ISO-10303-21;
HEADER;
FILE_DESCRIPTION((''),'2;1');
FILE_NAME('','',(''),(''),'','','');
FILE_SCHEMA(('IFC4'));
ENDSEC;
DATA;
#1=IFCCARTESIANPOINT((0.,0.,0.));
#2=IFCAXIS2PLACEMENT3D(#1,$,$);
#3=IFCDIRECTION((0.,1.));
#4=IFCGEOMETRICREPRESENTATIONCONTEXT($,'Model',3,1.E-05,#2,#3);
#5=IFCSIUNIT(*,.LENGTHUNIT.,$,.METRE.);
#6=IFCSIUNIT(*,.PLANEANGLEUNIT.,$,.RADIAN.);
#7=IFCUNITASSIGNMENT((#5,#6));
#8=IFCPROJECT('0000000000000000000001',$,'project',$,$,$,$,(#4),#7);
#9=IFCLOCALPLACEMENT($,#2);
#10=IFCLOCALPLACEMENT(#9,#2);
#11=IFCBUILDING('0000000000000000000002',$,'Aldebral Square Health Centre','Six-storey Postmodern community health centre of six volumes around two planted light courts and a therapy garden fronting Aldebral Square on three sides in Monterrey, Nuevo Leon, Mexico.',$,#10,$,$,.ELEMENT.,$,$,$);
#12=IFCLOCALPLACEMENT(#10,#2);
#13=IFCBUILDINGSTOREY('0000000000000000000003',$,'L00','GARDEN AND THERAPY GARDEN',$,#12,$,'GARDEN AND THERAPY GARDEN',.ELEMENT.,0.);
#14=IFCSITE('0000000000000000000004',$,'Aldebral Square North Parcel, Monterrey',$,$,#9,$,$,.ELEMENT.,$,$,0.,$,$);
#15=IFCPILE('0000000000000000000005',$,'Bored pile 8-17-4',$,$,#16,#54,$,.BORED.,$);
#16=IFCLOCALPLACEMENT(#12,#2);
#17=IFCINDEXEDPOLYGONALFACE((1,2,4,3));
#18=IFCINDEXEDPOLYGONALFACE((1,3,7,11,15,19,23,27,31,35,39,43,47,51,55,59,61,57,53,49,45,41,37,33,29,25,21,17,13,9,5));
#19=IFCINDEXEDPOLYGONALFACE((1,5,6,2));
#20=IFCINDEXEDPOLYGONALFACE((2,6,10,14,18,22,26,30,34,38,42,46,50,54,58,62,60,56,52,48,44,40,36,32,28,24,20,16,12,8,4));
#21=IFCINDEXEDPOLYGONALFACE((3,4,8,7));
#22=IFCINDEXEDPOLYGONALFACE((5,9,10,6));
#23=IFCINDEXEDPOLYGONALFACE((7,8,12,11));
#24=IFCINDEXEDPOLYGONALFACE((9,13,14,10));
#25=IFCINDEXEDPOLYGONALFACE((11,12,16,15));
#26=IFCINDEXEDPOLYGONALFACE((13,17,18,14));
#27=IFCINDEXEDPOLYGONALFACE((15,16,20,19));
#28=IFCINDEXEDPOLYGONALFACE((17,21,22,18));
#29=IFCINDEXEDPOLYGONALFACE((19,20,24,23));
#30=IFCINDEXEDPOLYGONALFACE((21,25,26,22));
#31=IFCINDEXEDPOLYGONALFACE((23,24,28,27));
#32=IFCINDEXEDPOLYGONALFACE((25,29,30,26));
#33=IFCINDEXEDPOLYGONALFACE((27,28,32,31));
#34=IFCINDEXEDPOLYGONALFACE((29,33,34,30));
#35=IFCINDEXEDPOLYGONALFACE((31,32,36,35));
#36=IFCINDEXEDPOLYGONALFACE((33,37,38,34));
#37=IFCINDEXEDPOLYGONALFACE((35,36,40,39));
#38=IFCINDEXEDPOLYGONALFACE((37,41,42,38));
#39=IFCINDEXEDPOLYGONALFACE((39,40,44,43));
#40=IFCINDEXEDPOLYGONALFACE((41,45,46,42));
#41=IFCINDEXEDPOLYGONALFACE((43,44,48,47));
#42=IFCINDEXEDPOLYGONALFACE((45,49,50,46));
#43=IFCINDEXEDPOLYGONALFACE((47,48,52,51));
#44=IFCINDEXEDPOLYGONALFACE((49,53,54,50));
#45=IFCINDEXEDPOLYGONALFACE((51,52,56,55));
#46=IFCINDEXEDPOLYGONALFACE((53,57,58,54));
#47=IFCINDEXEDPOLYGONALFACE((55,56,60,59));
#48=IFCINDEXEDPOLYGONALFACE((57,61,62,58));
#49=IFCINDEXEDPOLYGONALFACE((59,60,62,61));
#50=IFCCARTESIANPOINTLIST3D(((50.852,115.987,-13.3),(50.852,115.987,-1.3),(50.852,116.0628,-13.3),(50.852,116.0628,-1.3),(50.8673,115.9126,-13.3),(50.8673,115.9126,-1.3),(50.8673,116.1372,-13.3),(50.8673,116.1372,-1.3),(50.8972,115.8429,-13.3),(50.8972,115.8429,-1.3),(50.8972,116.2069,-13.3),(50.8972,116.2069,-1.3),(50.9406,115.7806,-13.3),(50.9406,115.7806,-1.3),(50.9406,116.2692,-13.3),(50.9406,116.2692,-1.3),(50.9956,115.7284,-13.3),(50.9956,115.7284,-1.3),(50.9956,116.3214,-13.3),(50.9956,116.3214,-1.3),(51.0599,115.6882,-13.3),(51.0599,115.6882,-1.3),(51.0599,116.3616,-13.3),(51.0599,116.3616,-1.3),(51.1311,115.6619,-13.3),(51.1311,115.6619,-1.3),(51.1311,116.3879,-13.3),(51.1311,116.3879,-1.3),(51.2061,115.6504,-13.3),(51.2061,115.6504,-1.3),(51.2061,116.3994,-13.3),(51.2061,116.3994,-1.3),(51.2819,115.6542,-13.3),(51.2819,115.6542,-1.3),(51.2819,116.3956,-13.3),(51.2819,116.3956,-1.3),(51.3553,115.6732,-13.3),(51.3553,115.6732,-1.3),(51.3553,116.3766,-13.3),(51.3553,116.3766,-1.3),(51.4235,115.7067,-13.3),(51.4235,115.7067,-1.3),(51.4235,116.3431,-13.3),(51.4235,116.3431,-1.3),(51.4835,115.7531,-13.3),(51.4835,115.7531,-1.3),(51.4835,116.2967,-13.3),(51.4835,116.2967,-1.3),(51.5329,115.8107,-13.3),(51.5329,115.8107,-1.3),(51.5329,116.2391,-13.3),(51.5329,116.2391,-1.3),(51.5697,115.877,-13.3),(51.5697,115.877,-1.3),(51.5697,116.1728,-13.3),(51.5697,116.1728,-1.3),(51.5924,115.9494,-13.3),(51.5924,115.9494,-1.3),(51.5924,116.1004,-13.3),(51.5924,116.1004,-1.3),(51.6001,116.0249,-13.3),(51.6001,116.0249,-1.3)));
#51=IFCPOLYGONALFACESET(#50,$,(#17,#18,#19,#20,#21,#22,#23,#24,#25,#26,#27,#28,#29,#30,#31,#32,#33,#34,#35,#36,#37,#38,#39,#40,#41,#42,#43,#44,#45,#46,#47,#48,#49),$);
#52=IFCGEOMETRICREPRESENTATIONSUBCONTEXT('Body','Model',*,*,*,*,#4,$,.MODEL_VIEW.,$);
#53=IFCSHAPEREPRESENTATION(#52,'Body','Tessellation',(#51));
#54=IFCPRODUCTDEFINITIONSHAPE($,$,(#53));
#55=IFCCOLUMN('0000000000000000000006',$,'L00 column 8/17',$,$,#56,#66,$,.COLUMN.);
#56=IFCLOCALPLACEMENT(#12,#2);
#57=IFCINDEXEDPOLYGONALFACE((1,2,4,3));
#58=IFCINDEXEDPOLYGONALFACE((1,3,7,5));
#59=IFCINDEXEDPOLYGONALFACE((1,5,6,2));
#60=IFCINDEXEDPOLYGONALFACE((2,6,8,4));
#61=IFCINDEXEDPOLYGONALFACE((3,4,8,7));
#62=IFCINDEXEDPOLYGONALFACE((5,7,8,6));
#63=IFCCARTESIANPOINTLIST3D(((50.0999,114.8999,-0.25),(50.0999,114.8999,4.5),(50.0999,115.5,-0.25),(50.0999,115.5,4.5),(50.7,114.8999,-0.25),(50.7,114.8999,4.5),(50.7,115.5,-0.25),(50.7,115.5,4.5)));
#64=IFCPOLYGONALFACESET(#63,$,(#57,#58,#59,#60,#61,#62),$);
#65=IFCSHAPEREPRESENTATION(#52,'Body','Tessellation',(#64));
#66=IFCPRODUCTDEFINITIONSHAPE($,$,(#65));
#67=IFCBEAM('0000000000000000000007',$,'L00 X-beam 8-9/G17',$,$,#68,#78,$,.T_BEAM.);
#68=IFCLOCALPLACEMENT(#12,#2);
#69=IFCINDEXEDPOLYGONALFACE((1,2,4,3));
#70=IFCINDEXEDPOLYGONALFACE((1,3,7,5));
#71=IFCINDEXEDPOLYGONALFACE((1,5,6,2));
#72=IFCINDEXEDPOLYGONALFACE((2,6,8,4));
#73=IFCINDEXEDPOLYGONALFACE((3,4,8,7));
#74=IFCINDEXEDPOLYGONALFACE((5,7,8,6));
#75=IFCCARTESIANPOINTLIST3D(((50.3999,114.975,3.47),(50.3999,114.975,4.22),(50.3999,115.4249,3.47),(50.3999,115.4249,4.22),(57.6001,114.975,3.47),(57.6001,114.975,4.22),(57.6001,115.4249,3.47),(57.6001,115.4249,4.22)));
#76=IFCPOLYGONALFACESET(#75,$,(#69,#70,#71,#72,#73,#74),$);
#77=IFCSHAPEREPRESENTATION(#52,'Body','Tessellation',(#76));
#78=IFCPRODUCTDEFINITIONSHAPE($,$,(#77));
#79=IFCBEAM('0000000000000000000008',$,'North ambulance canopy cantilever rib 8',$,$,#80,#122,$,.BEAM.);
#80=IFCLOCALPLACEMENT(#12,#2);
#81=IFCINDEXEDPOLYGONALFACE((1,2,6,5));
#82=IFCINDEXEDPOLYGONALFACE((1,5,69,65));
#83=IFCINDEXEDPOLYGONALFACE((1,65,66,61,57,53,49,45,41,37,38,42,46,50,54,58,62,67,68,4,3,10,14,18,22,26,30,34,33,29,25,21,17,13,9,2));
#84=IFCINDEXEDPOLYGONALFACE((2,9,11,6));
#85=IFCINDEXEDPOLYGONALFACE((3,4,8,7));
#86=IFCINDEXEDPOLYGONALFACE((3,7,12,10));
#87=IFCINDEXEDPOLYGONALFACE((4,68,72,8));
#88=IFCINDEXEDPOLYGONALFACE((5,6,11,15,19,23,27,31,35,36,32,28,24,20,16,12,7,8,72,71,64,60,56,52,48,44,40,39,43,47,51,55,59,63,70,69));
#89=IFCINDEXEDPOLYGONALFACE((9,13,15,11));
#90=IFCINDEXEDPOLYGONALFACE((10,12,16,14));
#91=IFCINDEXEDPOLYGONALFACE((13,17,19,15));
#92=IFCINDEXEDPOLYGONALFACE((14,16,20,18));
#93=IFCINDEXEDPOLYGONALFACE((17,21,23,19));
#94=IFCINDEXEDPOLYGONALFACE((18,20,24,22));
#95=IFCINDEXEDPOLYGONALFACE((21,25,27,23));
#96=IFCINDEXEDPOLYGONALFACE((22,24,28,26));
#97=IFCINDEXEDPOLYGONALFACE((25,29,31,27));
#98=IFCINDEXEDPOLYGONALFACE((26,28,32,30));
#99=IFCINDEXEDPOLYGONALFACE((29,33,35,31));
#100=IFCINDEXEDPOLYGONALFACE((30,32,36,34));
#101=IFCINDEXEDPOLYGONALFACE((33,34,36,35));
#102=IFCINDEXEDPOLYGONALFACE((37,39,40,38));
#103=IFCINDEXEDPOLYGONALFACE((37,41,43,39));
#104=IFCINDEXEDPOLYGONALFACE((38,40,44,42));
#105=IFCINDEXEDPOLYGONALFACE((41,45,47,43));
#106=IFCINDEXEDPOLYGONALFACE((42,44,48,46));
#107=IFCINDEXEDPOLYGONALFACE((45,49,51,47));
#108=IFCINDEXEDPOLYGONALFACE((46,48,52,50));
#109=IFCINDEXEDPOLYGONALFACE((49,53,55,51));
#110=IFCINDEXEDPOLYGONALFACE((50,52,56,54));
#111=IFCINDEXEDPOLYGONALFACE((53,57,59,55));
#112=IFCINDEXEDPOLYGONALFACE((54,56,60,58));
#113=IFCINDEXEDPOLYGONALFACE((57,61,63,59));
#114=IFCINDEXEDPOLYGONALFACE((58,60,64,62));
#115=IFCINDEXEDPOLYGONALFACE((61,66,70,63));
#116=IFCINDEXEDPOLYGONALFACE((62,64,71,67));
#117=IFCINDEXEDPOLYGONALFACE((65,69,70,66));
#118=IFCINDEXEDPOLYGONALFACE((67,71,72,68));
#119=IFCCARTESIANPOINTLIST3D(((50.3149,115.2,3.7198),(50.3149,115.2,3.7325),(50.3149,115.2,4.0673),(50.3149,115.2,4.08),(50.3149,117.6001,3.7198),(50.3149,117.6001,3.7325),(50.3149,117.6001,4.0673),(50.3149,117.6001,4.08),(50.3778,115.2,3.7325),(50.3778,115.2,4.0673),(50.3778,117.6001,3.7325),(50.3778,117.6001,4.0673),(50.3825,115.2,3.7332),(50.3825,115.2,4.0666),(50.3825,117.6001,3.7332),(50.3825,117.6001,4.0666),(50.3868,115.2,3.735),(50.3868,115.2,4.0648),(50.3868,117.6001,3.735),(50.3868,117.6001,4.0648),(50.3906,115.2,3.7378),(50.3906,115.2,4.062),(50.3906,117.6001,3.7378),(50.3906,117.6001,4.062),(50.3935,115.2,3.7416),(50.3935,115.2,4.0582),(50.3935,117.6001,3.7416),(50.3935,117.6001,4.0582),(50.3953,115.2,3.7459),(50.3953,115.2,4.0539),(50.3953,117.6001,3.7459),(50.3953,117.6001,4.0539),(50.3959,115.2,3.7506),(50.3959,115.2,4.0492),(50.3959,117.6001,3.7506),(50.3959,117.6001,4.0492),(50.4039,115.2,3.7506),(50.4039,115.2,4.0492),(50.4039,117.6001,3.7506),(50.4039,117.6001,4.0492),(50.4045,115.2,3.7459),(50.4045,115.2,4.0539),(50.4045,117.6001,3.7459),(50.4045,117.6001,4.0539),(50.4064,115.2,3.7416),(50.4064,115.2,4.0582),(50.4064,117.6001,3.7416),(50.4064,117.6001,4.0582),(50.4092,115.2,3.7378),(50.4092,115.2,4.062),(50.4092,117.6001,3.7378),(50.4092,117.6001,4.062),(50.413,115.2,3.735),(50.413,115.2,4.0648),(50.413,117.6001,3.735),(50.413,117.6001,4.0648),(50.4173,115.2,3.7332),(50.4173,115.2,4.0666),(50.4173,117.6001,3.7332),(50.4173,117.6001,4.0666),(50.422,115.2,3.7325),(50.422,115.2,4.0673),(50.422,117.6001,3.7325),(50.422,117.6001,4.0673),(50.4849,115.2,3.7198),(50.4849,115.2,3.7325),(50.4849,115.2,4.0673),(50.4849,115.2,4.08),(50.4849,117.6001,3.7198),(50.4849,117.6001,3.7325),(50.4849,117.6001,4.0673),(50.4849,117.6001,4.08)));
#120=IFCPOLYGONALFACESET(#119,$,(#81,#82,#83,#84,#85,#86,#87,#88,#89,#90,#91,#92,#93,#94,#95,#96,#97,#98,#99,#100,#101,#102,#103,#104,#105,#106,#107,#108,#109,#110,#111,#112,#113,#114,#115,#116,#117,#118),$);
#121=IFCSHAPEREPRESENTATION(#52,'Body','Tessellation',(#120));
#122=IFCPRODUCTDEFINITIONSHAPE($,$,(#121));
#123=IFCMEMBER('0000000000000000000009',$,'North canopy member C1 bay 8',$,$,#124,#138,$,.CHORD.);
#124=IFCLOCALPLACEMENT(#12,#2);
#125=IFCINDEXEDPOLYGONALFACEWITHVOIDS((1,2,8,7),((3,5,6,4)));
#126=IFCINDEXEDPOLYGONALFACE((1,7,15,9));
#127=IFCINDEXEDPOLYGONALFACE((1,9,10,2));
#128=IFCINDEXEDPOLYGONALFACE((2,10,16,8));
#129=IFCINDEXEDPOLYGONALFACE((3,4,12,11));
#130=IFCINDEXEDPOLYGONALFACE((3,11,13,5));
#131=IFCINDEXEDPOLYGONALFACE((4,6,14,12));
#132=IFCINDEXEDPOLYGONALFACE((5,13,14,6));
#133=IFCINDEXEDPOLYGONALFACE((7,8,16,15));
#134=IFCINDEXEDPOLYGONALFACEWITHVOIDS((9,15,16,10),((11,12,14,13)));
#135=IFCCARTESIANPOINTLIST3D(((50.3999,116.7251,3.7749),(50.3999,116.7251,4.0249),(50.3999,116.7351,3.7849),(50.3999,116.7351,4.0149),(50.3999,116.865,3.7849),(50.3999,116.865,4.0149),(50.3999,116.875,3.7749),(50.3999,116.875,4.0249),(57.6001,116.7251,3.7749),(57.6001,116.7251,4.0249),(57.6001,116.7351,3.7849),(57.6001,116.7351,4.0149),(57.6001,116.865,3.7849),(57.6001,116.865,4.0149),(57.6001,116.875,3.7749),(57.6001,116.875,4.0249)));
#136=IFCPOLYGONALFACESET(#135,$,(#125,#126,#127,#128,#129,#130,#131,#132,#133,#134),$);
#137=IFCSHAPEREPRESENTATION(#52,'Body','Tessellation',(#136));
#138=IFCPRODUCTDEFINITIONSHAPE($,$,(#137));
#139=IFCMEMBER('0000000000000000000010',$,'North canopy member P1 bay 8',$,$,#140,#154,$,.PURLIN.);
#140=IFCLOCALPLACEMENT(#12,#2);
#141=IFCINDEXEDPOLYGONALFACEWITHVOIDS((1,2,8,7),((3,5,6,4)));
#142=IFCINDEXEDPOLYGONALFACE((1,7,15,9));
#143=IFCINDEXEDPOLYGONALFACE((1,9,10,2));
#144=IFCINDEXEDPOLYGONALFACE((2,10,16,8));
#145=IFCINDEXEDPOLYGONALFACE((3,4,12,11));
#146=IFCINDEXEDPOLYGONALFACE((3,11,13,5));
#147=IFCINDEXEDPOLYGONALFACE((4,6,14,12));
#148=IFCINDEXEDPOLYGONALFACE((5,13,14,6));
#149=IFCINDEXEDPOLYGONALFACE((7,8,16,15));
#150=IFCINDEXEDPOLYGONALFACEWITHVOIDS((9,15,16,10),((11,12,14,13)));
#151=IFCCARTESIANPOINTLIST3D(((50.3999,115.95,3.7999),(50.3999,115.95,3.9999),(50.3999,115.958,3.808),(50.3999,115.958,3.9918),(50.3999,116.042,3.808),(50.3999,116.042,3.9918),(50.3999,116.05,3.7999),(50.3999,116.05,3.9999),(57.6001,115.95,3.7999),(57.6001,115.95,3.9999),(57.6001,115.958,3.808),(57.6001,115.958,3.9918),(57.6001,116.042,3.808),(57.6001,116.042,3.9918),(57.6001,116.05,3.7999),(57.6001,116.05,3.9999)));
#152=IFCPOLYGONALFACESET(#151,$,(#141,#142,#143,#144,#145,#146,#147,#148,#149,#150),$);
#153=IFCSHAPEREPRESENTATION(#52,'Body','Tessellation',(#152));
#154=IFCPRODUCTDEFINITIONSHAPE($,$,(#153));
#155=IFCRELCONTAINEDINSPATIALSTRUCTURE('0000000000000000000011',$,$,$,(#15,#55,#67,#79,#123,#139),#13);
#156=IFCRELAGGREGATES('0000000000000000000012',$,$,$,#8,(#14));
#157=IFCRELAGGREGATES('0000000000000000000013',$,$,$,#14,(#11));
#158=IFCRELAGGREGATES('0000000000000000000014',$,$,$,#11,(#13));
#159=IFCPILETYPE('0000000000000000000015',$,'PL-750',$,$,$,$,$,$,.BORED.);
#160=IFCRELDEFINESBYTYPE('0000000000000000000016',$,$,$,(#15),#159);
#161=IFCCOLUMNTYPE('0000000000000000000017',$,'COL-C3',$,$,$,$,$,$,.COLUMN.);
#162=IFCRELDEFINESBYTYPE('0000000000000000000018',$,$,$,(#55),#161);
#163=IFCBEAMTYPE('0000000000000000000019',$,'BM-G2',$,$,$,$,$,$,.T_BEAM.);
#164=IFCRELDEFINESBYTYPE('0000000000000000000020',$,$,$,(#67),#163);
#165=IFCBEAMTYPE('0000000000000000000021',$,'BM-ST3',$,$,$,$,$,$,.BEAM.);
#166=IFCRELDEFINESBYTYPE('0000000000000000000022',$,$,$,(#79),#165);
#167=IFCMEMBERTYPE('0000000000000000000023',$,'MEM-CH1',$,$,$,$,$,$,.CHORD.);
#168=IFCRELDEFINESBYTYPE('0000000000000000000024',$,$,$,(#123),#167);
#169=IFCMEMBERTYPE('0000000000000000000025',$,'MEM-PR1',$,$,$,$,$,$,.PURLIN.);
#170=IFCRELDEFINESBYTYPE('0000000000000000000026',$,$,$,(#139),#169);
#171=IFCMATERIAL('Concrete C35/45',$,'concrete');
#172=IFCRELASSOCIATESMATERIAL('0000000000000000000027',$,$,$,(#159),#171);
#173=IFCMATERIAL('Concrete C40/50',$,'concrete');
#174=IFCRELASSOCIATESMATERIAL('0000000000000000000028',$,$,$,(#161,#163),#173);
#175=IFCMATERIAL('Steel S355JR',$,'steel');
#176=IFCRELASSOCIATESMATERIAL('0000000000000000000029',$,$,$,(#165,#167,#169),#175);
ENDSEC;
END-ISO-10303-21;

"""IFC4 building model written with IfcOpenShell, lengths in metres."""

from ifc_helpers import new_model, si_unit, direction, frame, origin, origin_2d, place, context, subcontext, project, spatial, rectangle, hollow_rectangle, circle, i_section, extrude, material, material_profile, profile_set, type_object, element, save


model = new_model("IFC4")

# Units and contexts
model_context = context("Model", 3, precision=1e-05, world=origin(), true_north=direction((0.0, 1.0)))
body_context = subcontext(model_context, "Body", "Model", "MODEL_VIEW")
ifc_project = project(units=[si_unit("LENGTHUNIT", "METRE"), si_unit("PLANEANGLEUNIT", "RADIAN")], contexts=[model_context])

# Site, building, storey
site_placement = place(None, origin())
site = spatial("IfcSite", under=ifc_project, at=site_placement, Name="Aldebral Square North Parcel, Monterrey", CompositionType="ELEMENT", RefElevation=0.0)
building_placement = place(site_placement, origin())
building = spatial("IfcBuilding", under=site, at=building_placement, Name="Aldebral Square Health Centre", Description="Six-storey Postmodern community health centre of six volumes around two planted light courts and a therapy garden fronting Aldebral Square on three sides in Monterrey, Nuevo Leon, Mexico.", CompositionType="ELEMENT")
storey_placement = place(building_placement, origin())
storey = spatial("IfcBuildingStorey", under=building, at=storey_placement, Name="L00", Description="GARDEN AND THERAPY GARDEN", LongName="GARDEN AND THERAPY GARDEN", CompositionType="ELEMENT", Elevation=0.0)

# Shared definitions
ifc_material_1 = material(Name="Concrete C35/45", Category="concrete")

# Pile
ifc_material_profile_1 = material_profile(ifc_material_1, circle(Radius=0.375, at=origin_2d()), Name="PILE D750")
ifc_profile_set_1 = profile_set([ifc_material_profile_1], Name="Concrete C35/45")
pile_type = type_object("IfcPileType", Name="PL-750", PredefinedType="BORED", material=ifc_profile_set_1)
for number, where, z_axis, x_axis, name in (
    (1, (51.2251, 116.0249, -1.3), (0.0, 0.0, -1.0), (1.0, 0.0, 0.0), "Bored pile 8-17-4"),
):
    element("IfcPile", number, at=place(storey_placement, frame(where, z_axis=z_axis, x_axis=x_axis)), inside=storey, type_object=pile_type, Name=name, PredefinedType="BORED", context=body_context, shape_type="SweptSolid", body=[
        extrude(circle(Radius=0.375, at=origin_2d()), origin(), (0.0, 0.0, 1.0), 12.0),
    ])

# Column
ifc_material_2 = material(Name="Concrete C40/50", Category="concrete")
ifc_material_profile_2 = material_profile(ifc_material_2, rectangle(XDim=0.6001, YDim=0.6001, at=origin_2d()), Name="RC 600x600")
ifc_profile_set_2 = profile_set([ifc_material_profile_2], Name="Concrete C40/50")
column_type = type_object("IfcColumnType", Name="COL-C3", PredefinedType="COLUMN", material=ifc_profile_set_2)
column_placement = place(storey_placement, frame((50.3999, 115.2, -0.25), z_axis=(0.0, 0.0, 1.0), x_axis=(1.0, 0.0, 0.0)))
element("IfcColumn", 2, at=column_placement, inside=storey, type_object=column_type, Name="L00 column 8/17", PredefinedType="COLUMN", context=body_context, shape_type="SweptSolid", body=[
    extrude(rectangle(XDim=0.6001, YDim=0.6001, at=origin_2d()), origin(), (0.0, 0.0, 1.0), 4.75),
])

# Beams
ifc_material_profile_3 = material_profile(ifc_material_2, rectangle(XDim=0.45, YDim=0.75, at=origin_2d()), Name="RC 450x750")
ifc_profile_set_3 = profile_set([ifc_material_profile_3], Name="Concrete C40/50")
beam_type_1 = type_object("IfcBeamType", Name="BM-G2", PredefinedType="T_BEAM", material=ifc_profile_set_3)
beam_1_placement = place(storey_placement, frame((50.3999, 115.2, 3.845), z_axis=(1.0, 0.0, 0.0), x_axis=(0.0, 1.0, 0.0)))
element("IfcBeam", 3, at=beam_1_placement, inside=storey, type_object=beam_type_1, Name="L00 X-beam 8-9/G17", PredefinedType="T_BEAM", context=body_context, shape_type="SweptSolid", body=[
    extrude(rectangle(XDim=0.45, YDim=0.75, at=origin_2d()), origin(), (0.0, 0.0, 1.0), 7.2002),
])
ifc_material_3 = material(Name="Steel S355JR", Category="steel")
ifc_material_profile_4 = material_profile(ifc_material_3, i_section(OverallWidth=0.1699, OverallDepth=0.3601, WebThickness=0.0081, FlangeThickness=0.0127, FilletRadius=0.0181, at=origin_2d()), Name="IPE 360")
ifc_profile_set_4 = profile_set([ifc_material_profile_4], Name="Steel S355JR")
beam_type_2 = type_object("IfcBeamType", Name="BM-ST3", PredefinedType="BEAM", material=ifc_profile_set_4)
beam_2_placement = place(storey_placement, frame((50.3999, 115.2, 3.8999), z_axis=(0.0, 1.0, 0.0), x_axis=(-1.0, 0.0, 0.0)))
element("IfcBeam", 4, at=beam_2_placement, inside=storey, type_object=beam_type_2, Name="North ambulance canopy cantilever rib 8", PredefinedType="BEAM", context=body_context, shape_type="SweptSolid", body=[
    extrude(i_section(OverallWidth=0.1699, OverallDepth=0.3601, WebThickness=0.0081, FlangeThickness=0.0127, FilletRadius=0.0181, at=origin_2d()), origin(), (0.0, 0.0, 1.0), 2.4001),
])

# Members
ifc_material_profile_5 = material_profile(ifc_material_3, hollow_rectangle(XDim=0.1499, YDim=0.25, WallThickness=0.01, at=origin_2d()), Name="250x150x10 RHS")
ifc_profile_set_5 = profile_set([ifc_material_profile_5], Name="Steel S355JR")
member_type_1 = type_object("IfcMemberType", Name="MEM-CH1", PredefinedType="CHORD", material=ifc_profile_set_5)
member_1_placement = place(storey_placement, frame((50.3999, 116.8, 3.8999), z_axis=(1.0, 0.0, 0.0), x_axis=(0.0, 1.0, 0.0)))
element("IfcMember", 5, at=member_1_placement, inside=storey, type_object=member_type_1, Name="North canopy member C1 bay 8", PredefinedType="CHORD", context=body_context, shape_type="SweptSolid", body=[
    extrude(hollow_rectangle(XDim=0.1499, YDim=0.25, WallThickness=0.01, at=origin_2d()), origin(), (0.0, 0.0, 1.0), 7.2002),
])
ifc_material_profile_6 = material_profile(ifc_material_3, hollow_rectangle(XDim=0.1001, YDim=0.2, WallThickness=0.0081, at=origin_2d()), Name="200x100x8 RHS")
ifc_profile_set_6 = profile_set([ifc_material_profile_6], Name="Steel S355JR")
member_type_2 = type_object("IfcMemberType", Name="MEM-PR1", PredefinedType="PURLIN", material=ifc_profile_set_6)
member_2_placement = place(storey_placement, frame((50.3999, 116.0, 3.8999), z_axis=(1.0, 0.0, 0.0), x_axis=(0.0, 1.0, 0.0)))
element("IfcMember", 6, at=member_2_placement, inside=storey, type_object=member_type_2, Name="North canopy member P1 bay 8", PredefinedType="PURLIN", context=body_context, shape_type="SweptSolid", body=[
    extrude(hollow_rectangle(XDim=0.1001, YDim=0.2, WallThickness=0.0081, at=origin_2d()), origin(), (0.0, 0.0, 1.0), 7.2002),
])

save(model, "model.ifc")
